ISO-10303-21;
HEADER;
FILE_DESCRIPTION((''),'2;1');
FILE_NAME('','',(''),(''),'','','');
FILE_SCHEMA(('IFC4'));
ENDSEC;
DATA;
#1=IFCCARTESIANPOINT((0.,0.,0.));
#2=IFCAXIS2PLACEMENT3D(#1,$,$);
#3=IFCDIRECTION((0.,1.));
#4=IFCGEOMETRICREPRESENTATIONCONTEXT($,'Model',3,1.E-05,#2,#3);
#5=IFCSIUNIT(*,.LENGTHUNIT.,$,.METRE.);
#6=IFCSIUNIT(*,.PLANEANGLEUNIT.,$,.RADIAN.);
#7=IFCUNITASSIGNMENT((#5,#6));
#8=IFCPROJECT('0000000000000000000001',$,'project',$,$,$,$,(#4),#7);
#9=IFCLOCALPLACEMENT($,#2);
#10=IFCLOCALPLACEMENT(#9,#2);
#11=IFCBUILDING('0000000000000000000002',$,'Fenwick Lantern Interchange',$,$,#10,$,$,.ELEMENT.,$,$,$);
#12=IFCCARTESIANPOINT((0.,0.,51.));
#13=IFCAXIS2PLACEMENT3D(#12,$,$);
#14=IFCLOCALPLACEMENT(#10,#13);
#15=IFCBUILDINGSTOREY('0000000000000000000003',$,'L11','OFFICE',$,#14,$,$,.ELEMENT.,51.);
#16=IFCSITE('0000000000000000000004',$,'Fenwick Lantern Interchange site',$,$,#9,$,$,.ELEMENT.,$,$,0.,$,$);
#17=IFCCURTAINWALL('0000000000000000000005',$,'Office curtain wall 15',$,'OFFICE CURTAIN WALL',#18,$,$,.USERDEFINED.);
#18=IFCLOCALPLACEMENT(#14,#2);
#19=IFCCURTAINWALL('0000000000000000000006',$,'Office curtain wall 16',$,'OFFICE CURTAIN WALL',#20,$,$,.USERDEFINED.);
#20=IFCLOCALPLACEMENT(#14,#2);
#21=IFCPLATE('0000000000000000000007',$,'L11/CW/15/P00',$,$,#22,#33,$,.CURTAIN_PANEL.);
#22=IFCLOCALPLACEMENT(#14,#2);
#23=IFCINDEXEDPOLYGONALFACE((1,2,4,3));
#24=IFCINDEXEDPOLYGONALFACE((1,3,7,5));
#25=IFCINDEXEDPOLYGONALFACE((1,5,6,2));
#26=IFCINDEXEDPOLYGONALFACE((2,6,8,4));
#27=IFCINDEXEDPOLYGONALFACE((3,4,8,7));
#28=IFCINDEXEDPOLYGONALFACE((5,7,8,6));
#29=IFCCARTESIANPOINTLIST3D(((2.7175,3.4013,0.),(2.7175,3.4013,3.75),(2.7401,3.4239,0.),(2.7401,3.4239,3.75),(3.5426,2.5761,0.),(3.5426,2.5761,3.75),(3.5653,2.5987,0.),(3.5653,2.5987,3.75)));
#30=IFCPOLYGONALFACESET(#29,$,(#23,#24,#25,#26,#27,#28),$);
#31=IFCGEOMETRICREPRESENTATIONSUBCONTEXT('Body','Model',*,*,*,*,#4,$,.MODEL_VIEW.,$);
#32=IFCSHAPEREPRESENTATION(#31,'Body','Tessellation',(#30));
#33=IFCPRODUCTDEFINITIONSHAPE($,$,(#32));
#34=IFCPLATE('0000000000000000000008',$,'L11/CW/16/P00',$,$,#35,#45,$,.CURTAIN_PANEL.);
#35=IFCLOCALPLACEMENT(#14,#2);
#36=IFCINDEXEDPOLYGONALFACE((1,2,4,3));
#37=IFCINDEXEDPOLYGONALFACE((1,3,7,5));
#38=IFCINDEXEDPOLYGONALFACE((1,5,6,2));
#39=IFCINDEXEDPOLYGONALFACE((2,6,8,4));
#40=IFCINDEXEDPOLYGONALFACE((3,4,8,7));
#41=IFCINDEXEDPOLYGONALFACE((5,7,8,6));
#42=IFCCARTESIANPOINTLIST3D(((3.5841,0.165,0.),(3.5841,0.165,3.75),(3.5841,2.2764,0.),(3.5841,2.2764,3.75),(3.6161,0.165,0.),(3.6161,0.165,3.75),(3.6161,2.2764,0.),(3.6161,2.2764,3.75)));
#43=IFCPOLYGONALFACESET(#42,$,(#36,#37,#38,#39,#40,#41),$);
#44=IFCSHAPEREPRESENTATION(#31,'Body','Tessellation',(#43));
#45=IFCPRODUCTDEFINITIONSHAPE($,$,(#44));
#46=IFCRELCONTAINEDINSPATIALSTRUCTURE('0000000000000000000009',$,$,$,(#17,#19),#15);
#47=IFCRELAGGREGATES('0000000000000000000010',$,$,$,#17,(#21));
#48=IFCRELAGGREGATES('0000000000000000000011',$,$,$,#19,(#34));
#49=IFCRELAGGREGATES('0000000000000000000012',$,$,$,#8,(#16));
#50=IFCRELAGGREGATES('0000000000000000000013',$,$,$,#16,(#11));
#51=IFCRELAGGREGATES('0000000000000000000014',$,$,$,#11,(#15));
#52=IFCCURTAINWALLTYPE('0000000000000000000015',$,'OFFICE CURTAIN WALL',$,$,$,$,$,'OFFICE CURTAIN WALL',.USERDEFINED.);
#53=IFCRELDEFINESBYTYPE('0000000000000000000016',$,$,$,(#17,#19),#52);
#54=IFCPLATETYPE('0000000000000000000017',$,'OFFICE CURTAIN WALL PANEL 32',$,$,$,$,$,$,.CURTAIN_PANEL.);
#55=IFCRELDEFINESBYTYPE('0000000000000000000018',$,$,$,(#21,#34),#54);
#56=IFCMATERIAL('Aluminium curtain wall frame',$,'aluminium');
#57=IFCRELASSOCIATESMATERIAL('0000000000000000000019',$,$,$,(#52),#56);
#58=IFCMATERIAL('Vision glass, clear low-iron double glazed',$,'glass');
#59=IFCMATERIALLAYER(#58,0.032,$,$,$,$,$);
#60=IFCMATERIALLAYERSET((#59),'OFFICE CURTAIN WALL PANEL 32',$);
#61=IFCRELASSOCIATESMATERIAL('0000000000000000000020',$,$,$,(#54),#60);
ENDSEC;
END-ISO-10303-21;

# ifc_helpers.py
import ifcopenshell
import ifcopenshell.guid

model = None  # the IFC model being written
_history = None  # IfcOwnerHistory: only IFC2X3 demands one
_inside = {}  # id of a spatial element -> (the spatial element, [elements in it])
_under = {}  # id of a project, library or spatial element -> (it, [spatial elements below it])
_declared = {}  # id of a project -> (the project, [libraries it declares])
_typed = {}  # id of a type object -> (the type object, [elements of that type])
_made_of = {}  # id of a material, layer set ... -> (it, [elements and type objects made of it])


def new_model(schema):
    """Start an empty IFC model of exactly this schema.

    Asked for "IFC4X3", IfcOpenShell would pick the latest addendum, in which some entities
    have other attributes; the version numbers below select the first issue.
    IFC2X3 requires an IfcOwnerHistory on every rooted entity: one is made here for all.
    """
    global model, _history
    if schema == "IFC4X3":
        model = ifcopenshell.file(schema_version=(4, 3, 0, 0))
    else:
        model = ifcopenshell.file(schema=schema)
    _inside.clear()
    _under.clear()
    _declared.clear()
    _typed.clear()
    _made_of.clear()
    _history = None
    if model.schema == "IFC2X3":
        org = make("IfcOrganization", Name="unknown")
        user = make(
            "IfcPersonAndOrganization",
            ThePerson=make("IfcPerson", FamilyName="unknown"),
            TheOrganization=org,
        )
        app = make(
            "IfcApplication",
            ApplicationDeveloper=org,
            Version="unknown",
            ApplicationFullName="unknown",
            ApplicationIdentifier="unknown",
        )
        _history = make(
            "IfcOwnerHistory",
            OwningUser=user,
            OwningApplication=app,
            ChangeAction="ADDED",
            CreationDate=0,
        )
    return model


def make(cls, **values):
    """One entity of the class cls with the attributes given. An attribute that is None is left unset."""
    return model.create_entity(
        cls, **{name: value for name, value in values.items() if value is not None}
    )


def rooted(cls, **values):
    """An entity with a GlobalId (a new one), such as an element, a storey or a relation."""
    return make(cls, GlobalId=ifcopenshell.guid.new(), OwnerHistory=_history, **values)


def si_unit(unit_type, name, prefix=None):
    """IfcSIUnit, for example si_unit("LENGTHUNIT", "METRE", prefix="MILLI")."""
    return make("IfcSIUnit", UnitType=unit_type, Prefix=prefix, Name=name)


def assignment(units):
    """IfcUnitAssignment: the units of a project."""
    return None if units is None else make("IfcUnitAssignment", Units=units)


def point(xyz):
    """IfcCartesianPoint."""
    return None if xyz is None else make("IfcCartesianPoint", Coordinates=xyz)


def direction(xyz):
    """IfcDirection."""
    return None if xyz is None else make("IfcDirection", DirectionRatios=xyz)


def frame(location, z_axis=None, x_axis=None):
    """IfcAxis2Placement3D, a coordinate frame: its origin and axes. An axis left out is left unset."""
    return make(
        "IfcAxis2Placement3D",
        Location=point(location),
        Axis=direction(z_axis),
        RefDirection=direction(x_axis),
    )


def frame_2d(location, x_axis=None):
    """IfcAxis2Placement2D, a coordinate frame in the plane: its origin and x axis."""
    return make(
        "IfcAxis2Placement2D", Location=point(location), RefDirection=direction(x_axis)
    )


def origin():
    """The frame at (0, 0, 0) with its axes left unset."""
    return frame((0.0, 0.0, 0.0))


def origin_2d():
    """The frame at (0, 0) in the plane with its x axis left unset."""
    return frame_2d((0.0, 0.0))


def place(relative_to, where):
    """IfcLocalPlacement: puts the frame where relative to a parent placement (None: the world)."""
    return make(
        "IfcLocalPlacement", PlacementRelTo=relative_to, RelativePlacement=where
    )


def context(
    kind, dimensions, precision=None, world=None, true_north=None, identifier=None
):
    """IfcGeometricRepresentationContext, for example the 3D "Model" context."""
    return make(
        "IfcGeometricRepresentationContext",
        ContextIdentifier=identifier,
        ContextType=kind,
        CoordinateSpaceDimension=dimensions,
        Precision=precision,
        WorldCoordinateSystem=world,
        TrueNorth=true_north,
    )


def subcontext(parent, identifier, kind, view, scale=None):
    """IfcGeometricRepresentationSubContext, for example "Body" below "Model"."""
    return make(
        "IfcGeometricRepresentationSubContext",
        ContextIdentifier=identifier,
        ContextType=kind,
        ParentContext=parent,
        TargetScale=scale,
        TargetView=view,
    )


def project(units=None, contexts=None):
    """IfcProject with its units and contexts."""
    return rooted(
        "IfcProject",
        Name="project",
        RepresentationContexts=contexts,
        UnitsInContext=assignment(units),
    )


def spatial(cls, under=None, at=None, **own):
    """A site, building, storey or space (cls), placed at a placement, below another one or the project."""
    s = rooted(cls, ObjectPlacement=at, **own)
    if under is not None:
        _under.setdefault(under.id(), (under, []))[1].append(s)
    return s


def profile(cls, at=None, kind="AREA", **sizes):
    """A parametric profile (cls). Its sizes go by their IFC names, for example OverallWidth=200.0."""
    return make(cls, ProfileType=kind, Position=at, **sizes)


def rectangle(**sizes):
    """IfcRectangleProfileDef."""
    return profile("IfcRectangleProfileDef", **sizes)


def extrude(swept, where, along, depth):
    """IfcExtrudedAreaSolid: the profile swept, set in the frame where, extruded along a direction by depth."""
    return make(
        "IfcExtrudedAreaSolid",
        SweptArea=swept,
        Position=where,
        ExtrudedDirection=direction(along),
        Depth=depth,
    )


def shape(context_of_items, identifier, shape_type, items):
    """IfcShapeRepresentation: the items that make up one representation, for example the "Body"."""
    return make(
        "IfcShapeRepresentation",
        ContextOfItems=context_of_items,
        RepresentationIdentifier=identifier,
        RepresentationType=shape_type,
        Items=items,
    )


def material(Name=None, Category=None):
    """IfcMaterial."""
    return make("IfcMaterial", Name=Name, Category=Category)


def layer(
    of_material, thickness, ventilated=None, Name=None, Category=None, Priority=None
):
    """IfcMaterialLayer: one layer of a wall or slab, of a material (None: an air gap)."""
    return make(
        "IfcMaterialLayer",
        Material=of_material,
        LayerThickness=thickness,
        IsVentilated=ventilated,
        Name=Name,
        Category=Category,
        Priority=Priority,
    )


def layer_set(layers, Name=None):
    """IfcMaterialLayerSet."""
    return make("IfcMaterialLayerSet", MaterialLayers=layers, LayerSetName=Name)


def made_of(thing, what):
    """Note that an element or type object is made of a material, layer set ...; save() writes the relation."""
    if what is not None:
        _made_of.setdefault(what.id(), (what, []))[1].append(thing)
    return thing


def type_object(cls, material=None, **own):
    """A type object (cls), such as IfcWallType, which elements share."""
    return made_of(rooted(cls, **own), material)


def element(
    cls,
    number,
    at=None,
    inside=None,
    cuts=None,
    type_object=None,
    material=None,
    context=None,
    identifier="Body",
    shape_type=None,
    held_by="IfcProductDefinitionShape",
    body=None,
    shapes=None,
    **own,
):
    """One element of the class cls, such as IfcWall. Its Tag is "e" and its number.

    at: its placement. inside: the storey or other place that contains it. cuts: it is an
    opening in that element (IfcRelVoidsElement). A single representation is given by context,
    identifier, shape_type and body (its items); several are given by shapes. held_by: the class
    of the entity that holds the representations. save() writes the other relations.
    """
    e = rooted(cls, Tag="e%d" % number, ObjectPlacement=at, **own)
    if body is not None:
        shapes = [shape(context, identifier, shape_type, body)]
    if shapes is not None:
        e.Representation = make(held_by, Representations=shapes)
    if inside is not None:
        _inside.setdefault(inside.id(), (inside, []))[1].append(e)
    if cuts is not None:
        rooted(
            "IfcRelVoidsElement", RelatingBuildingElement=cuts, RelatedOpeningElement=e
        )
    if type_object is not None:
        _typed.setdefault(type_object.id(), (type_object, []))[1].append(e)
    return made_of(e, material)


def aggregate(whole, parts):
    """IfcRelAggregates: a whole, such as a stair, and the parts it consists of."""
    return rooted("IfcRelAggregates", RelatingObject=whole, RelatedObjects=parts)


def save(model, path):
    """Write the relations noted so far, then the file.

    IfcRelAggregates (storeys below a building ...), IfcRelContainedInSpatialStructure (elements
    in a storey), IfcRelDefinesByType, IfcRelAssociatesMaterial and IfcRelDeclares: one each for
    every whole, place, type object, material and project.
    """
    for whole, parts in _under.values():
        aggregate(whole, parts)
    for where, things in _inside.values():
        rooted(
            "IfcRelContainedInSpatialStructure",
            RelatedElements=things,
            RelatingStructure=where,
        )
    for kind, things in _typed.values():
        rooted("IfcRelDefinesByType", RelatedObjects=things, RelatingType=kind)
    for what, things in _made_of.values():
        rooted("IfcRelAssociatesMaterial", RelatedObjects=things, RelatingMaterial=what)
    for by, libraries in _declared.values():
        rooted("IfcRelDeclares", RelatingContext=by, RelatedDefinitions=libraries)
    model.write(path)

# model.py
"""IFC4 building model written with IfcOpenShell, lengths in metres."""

from ifc_helpers import new_model, si_unit, direction, frame, origin, origin_2d, place, context, subcontext, project, spatial, rectangle, extrude, material, layer, layer_set, type_object, element, aggregate, save


model = new_model("IFC4")

# Units and contexts
model_context = context("Model", 3, precision=1e-05, world=origin(), true_north=direction((0.0, 1.0)))
body_context = subcontext(model_context, "Body", "Model", "MODEL_VIEW")
ifc_project = project(units=[si_unit("LENGTHUNIT", "METRE"), si_unit("PLANEANGLEUNIT", "RADIAN")], contexts=[model_context])

# Site, building, storey
site_placement = place(None, origin())
site = spatial("IfcSite", under=ifc_project, at=site_placement, Name="Fenwick Lantern Interchange site", CompositionType="ELEMENT", RefElevation=0.0)
building_placement = place(site_placement, origin())
building = spatial("IfcBuilding", under=site, at=building_placement, Name="Fenwick Lantern Interchange", CompositionType="ELEMENT")
storey_placement = place(building_placement, frame((0.0, 0.0, 51.0)))
storey = spatial("IfcBuildingStorey", under=building, at=storey_placement, Name="L11", Description="OFFICE", CompositionType="ELEMENT", Elevation=51.0)

# Shared definitions
ifc_material_1 = material(Name="Aluminium curtain wall frame", Category="aluminium")
curtain_wall_type = type_object("IfcCurtainWallType", Name="OFFICE CURTAIN WALL", ElementType="OFFICE CURTAIN WALL", PredefinedType="USERDEFINED", material=ifc_material_1)

# Curtain wall
curtain_wall_1_placement = place(storey_placement, origin())
curtain_wall_1 = element("IfcCurtainWall", 1, at=curtain_wall_1_placement, inside=storey, type_object=curtain_wall_type, Name="Office curtain wall 15", ObjectType="OFFICE CURTAIN WALL", PredefinedType="USERDEFINED")

# Curtain wall
curtain_wall_2_placement = place(storey_placement, origin())
curtain_wall_2 = element("IfcCurtainWall", 2, at=curtain_wall_2_placement, inside=storey, type_object=curtain_wall_type, Name="Office curtain wall 16", ObjectType="OFFICE CURTAIN WALL", PredefinedType="USERDEFINED")

# Shared definitions
ifc_material_2 = material(Name="Vision glass, clear low-iron double glazed", Category="glass")
ifc_layer_1 = layer(ifc_material_2, 0.032)
ifc_layer_set_1 = layer_set([ifc_layer_1], Name="OFFICE CURTAIN WALL PANEL 32")
plate_type = type_object("IfcPlateType", Name="OFFICE CURTAIN WALL PANEL 32", PredefinedType="CURTAIN_PANEL", material=ifc_layer_set_1)

# Plates
plate_1_placement = place(storey_placement, frame((3.1414, 3.0, 0.0), z_axis=(0.0, 0.0, 1.0), x_axis=(0.707107, -0.707107, 0.0)))
plate_1 = element("IfcPlate", 3, at=plate_1_placement, type_object=plate_type, Name="L11/CW/15/P00", PredefinedType="CURTAIN_PANEL", context=body_context, shape_type="SweptSolid", body=[
    extrude(rectangle(XDim=1.167, YDim=0.032, at=origin_2d()), origin(), (0.0, 0.0, 1.0), 3.75),
])
aggregate(curtain_wall_1, [plate_1])
plate_2_placement = place(storey_placement, frame((3.6001, 1.2207, 0.0), z_axis=(0.0, 0.0, 1.0), x_axis=(0.0, -1.0, 0.0)))
plate_2 = element("IfcPlate", 4, at=plate_2_placement, type_object=plate_type, Name="L11/CW/16/P00", PredefinedType="CURTAIN_PANEL", context=body_context, shape_type="SweptSolid", body=[
    extrude(rectangle(XDim=2.1113, YDim=0.032, at=origin_2d()), origin(), (0.0, 0.0, 1.0), 3.75),
])
aggregate(curtain_wall_2, [plate_2])

save(model, "model.ifc")
